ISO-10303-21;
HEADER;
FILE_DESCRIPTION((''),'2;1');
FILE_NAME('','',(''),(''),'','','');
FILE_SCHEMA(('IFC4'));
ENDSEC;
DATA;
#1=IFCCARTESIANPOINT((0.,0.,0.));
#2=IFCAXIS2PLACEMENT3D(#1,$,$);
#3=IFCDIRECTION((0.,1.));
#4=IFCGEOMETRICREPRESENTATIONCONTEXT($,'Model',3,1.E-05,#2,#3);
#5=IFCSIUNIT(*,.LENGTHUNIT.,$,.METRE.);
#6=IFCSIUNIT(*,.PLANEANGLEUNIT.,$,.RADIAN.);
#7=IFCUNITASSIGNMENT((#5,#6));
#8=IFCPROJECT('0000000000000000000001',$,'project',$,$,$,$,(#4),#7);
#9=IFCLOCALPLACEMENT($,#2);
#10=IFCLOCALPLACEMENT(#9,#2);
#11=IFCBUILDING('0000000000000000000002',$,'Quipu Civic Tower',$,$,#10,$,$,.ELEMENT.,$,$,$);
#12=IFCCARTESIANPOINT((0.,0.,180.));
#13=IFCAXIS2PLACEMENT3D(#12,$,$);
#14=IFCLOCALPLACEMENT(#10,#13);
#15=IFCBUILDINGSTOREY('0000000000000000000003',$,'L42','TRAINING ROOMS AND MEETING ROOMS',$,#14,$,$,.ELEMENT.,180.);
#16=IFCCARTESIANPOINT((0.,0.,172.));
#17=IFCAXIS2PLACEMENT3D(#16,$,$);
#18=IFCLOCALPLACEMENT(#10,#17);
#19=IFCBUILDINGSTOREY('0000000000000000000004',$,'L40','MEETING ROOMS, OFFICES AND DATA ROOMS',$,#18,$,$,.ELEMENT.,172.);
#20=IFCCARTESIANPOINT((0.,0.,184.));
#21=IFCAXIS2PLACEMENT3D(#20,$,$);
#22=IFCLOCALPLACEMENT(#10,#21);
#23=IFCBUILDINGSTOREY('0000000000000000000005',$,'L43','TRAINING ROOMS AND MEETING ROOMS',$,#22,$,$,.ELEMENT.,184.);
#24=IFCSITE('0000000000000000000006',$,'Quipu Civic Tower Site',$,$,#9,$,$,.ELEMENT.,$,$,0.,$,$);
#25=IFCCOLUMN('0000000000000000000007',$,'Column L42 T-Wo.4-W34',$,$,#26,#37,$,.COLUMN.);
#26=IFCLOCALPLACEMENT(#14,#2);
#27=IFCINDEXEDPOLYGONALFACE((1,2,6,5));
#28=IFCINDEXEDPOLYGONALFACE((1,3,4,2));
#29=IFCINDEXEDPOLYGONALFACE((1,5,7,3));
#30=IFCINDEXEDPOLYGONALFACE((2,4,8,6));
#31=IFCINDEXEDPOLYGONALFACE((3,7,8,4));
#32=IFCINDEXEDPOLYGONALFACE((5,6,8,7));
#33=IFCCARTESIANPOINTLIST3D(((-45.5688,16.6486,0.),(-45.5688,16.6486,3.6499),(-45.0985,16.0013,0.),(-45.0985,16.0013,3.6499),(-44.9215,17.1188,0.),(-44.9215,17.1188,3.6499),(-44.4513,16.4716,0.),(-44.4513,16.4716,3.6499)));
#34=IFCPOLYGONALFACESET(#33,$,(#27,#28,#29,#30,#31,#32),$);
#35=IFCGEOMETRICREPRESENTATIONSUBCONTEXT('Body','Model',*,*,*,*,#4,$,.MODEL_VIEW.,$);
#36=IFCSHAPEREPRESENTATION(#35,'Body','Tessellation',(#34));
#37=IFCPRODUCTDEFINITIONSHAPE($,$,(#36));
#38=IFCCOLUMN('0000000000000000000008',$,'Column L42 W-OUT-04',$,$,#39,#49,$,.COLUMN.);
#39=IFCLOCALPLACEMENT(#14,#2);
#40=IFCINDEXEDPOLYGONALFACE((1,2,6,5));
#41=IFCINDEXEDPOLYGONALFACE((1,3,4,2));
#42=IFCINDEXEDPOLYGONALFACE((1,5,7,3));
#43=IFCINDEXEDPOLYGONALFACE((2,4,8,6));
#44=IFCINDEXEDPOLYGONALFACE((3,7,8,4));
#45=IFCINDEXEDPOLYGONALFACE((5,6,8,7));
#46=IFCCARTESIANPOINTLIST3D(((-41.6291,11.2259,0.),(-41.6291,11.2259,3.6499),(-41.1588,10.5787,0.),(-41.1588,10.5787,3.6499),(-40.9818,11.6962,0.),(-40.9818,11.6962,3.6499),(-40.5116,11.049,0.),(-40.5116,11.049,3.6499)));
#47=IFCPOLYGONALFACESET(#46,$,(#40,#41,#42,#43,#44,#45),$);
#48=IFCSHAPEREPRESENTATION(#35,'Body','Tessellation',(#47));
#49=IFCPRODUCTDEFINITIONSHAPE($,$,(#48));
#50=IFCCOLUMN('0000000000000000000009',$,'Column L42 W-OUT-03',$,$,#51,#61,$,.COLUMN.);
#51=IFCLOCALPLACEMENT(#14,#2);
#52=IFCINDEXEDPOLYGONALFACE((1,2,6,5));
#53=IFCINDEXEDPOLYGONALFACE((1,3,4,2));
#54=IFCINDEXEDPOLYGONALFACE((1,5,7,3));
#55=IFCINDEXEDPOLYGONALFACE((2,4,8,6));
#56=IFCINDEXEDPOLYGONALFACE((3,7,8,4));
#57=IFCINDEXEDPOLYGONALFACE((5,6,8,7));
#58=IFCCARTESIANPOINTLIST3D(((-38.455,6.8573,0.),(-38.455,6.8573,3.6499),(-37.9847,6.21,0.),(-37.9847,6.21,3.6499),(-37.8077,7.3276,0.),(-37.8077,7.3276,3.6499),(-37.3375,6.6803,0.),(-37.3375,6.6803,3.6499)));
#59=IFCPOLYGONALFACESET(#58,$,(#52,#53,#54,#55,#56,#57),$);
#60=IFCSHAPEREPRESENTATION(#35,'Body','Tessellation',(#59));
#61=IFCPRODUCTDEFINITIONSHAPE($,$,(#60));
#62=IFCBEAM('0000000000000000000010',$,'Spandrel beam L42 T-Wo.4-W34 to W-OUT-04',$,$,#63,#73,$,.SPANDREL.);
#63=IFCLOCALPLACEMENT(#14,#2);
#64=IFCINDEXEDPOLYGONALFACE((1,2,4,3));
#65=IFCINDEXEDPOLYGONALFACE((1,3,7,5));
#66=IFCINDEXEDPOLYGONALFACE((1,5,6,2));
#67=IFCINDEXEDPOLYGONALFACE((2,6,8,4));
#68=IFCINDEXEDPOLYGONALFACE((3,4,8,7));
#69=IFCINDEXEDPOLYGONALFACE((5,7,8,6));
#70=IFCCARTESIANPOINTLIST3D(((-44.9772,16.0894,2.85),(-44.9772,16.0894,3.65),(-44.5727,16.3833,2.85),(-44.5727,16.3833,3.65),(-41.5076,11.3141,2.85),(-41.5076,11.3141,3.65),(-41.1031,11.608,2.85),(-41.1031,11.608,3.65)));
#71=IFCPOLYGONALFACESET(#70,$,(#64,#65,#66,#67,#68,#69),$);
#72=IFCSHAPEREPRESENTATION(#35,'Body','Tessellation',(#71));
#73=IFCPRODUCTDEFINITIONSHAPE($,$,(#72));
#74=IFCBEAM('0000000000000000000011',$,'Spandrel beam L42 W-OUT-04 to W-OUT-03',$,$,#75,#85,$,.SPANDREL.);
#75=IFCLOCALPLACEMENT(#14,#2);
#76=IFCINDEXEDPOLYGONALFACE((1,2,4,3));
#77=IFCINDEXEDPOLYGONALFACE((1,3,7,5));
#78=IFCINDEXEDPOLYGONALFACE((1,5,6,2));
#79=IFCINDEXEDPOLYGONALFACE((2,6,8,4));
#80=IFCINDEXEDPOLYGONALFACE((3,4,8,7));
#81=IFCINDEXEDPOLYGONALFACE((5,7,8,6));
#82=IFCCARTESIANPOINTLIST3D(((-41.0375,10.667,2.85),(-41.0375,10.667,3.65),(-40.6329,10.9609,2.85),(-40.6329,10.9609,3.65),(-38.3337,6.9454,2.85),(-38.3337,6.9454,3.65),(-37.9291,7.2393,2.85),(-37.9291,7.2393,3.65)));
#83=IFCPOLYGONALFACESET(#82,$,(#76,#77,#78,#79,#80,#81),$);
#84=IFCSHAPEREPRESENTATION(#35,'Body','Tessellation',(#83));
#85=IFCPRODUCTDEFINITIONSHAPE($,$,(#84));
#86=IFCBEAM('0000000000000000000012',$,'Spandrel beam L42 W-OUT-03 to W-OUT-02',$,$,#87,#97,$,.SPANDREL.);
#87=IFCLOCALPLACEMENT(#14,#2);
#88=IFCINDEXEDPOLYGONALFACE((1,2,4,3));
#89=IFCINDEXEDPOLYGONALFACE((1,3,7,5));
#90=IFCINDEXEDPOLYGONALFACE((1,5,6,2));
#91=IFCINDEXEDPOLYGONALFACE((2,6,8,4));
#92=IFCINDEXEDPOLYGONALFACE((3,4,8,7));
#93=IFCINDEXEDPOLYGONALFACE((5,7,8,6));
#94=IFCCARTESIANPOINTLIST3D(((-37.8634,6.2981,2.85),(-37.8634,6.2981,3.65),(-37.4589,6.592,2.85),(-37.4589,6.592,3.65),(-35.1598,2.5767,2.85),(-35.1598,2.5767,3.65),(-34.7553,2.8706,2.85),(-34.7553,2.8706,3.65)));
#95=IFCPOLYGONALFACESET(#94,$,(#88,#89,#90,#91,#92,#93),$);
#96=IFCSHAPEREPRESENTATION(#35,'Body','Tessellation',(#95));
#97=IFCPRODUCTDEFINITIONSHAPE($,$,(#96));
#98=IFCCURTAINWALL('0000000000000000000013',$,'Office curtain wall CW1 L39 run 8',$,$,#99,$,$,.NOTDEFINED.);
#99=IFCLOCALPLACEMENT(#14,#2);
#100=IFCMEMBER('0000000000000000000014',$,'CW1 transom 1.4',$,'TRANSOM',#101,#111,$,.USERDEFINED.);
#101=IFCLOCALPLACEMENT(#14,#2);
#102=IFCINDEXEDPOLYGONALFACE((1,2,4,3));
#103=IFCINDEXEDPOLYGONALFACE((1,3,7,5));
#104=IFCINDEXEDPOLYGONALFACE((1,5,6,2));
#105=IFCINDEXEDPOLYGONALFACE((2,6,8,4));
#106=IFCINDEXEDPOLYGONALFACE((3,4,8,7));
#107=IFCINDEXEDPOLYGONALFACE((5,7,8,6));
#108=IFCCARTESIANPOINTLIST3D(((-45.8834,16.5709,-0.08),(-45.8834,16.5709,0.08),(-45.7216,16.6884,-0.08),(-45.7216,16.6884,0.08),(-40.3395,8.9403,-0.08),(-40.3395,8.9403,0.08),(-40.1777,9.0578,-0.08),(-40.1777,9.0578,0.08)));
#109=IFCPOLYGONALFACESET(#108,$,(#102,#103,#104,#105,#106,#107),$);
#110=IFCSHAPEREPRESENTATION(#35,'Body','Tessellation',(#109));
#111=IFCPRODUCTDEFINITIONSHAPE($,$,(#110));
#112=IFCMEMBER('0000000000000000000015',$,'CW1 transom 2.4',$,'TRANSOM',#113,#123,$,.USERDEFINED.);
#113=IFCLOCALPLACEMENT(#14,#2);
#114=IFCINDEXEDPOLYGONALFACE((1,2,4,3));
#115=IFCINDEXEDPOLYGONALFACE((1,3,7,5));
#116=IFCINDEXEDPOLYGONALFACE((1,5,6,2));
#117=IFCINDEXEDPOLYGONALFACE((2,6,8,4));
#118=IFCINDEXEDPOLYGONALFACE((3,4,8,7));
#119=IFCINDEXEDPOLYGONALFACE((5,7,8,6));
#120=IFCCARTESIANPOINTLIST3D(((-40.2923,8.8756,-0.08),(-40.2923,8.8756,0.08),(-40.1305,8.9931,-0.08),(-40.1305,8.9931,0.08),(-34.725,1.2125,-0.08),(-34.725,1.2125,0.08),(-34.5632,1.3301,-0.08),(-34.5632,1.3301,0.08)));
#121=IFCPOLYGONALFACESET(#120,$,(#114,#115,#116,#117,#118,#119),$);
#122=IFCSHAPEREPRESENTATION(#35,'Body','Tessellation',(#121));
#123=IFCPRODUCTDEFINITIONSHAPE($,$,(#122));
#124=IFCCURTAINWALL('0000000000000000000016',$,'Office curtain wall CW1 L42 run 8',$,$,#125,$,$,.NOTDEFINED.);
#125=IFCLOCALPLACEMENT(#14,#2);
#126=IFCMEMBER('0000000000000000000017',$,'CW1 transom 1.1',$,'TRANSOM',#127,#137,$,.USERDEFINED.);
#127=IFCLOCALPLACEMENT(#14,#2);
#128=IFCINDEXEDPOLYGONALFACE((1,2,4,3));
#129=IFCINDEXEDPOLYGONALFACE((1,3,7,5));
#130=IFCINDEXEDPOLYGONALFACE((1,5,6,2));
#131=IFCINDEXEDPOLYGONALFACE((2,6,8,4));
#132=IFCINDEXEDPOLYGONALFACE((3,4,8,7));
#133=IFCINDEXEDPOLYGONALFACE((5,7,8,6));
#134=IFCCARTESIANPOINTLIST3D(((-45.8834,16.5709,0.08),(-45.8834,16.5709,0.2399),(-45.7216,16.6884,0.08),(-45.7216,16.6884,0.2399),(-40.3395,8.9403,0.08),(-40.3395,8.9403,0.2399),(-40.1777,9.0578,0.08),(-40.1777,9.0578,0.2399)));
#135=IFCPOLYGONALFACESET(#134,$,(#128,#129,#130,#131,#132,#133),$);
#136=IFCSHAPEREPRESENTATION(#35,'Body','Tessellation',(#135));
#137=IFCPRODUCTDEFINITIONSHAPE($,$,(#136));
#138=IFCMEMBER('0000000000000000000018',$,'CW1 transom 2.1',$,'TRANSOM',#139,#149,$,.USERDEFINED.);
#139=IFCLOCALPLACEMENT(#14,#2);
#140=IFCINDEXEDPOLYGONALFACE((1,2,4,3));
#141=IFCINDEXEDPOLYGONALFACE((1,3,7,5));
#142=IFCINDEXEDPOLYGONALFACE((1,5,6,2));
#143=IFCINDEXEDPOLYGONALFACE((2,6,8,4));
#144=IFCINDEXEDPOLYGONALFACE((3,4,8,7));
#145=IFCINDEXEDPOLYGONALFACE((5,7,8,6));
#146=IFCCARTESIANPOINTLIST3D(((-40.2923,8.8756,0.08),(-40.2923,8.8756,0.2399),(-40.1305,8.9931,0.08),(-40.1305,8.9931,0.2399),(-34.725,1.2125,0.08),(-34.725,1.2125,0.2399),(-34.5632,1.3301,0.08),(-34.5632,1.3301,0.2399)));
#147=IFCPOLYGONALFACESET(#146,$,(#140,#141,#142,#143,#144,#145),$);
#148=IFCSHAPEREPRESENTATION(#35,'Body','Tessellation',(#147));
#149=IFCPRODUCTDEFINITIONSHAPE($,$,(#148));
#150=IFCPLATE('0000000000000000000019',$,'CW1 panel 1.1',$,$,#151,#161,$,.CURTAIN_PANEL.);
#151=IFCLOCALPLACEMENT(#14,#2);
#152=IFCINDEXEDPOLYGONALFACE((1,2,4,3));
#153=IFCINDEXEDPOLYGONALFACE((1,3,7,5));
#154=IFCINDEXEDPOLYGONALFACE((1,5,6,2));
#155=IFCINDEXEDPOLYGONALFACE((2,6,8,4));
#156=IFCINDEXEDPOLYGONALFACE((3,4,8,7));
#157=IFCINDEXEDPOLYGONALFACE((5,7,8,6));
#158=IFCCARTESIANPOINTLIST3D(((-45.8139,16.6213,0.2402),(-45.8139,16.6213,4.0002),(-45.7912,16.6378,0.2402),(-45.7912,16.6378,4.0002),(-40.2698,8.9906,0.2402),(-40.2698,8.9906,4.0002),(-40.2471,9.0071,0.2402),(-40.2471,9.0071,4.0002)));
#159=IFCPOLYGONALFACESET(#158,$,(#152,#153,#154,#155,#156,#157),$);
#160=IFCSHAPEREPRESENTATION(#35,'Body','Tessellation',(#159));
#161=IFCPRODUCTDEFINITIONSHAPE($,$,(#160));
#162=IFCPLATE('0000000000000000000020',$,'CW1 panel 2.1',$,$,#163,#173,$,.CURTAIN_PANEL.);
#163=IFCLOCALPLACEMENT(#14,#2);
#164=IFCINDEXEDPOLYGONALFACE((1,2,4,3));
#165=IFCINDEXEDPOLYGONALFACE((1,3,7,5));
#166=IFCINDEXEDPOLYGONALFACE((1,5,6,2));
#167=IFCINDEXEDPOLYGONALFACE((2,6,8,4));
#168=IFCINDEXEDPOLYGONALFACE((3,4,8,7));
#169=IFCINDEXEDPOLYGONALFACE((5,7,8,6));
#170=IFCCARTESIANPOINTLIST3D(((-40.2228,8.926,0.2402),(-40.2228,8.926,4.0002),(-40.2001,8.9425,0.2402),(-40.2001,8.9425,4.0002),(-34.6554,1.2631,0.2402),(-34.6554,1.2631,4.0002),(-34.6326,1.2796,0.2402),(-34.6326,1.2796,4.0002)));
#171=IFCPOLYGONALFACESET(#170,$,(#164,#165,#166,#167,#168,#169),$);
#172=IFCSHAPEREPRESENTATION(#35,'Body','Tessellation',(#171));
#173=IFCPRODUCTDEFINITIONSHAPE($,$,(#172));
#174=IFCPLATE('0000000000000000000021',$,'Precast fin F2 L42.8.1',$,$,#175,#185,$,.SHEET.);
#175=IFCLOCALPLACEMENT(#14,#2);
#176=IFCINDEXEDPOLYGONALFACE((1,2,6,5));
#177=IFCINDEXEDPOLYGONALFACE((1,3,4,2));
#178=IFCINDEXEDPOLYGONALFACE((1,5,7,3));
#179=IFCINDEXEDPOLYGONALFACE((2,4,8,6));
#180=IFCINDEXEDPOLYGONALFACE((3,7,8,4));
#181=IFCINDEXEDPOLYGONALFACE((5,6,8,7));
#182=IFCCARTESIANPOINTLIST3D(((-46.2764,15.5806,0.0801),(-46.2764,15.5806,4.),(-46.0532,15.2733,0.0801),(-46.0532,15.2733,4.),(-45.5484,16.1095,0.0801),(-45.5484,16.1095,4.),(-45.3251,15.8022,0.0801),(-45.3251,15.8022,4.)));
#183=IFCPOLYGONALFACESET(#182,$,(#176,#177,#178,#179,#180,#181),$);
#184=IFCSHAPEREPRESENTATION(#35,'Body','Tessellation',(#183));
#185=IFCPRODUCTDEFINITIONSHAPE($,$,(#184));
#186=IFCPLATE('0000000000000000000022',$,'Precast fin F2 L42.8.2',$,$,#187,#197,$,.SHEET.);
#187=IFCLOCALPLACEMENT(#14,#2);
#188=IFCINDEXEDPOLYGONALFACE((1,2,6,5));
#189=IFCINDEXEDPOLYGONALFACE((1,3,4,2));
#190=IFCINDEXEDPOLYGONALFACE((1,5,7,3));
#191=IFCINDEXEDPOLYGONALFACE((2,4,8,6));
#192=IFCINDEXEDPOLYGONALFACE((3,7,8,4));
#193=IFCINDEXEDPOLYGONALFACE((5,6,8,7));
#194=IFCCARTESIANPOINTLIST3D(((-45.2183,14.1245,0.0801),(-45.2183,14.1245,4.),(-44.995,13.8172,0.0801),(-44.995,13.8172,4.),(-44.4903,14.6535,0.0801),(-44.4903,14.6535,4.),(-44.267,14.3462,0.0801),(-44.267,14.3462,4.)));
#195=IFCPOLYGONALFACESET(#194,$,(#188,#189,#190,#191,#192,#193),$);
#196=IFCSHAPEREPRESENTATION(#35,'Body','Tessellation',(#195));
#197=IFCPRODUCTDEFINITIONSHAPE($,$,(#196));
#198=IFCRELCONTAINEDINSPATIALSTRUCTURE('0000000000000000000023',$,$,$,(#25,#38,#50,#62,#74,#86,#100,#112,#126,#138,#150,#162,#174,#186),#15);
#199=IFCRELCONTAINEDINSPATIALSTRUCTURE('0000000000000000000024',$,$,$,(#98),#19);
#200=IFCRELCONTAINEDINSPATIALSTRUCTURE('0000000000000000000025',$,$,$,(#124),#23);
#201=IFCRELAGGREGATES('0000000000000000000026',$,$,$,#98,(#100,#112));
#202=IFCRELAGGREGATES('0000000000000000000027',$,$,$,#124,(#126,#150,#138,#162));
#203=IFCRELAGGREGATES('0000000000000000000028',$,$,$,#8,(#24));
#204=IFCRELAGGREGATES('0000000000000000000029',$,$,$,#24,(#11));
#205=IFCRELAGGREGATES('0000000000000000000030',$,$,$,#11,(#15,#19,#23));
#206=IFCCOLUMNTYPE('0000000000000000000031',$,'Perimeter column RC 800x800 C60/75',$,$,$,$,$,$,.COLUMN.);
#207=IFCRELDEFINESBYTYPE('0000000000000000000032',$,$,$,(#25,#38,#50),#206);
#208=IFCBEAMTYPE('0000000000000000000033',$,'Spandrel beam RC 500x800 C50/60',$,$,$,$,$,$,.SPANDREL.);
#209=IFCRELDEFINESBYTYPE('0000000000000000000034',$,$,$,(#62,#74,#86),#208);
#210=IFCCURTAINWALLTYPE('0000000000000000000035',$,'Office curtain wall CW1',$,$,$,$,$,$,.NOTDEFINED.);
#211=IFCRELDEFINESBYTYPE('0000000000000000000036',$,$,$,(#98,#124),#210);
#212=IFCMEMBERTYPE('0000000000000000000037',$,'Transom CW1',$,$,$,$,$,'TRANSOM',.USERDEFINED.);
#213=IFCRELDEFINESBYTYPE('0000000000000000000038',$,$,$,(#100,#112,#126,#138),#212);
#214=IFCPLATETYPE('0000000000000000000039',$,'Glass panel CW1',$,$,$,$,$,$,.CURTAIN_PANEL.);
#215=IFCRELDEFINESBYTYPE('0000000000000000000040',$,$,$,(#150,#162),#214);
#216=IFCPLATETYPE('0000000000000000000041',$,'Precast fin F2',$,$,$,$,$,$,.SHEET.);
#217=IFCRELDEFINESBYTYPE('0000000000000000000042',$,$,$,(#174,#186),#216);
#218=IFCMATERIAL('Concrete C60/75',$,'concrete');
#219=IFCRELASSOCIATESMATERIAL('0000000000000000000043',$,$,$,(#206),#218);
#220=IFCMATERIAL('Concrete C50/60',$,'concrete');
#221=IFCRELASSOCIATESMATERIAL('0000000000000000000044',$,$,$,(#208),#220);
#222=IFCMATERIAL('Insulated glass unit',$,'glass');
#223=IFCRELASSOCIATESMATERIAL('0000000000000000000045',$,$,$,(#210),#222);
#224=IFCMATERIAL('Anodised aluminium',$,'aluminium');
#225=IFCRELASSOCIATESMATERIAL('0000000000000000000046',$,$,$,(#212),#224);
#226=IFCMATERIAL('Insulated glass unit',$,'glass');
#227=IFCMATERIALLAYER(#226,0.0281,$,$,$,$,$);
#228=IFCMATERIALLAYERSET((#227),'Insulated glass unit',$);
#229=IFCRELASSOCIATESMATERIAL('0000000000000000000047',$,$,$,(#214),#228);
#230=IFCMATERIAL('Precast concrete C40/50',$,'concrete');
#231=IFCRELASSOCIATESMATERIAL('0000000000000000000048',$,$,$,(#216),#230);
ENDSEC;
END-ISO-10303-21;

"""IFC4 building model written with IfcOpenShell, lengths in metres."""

from ifc_helpers import new_model, si_unit, direction, frame, origin, origin_2d, place, context, subcontext, project, spatial, rectangle, extrude, material, layer, layer_set, material_profile, profile_set, type_object, element, aggregate, save


model = new_model("IFC4")

# Units and contexts
model_context = context("Model", 3, precision=1e-05, world=origin(), true_north=direction((0.0, 1.0)))
body_context = subcontext(model_context, "Body", "Model", "MODEL_VIEW")
ifc_project = project(units=[si_unit("LENGTHUNIT", "METRE"), si_unit("PLANEANGLEUNIT", "RADIAN")], contexts=[model_context])

# Site, building, storey
site_placement = place(None, origin())
site = spatial("IfcSite", under=ifc_project, at=site_placement, Name="Quipu Civic Tower Site", CompositionType="ELEMENT", RefElevation=0.0)
building_placement = place(site_placement, origin())
building = spatial("IfcBuilding", under=site, at=building_placement, Name="Quipu Civic Tower", CompositionType="ELEMENT")
storey_1_placement = place(building_placement, frame((0.0, 0.0, 180.0)))
storey_1 = spatial("IfcBuildingStorey", under=building, at=storey_1_placement, Name="L42", Description="TRAINING ROOMS AND MEETING ROOMS", CompositionType="ELEMENT", Elevation=180.0)

# Columns
ifc_material_1 = material(Name="Concrete C60/75", Category="concrete")
ifc_material_profile_1 = material_profile(ifc_material_1, rectangle(XDim=0.8, YDim=0.8, at=origin_2d()), Name="RC800x800")
ifc_profile_set_1 = profile_set([ifc_material_profile_1], Name="Concrete C60/75")
column_type = type_object("IfcColumnType", Name="Perimeter column RC 800x800 C60/75", PredefinedType="COLUMN", material=ifc_profile_set_1)
for number, where, z_axis, x_axis, name in (
    (1, (-45.01, 16.5601, 0.0), (0.0, 0.0, 1.0), (0.587785, -0.809017, 0.0), "Column L42 T-Wo.4-W34"),
    (2, (-41.0703, 11.1375, 0.0), (0.0, 0.0, 1.0), (0.587785, -0.809017, 0.0), "Column L42 W-OUT-04"),
    (3, (-37.8962, 6.7688, 0.0), (0.0, 0.0, 1.0), (0.587785, -0.809017, 0.0), "Column L42 W-OUT-03"),
):
    element("IfcColumn", number, at=place(storey_1_placement, frame(where, z_axis=z_axis, x_axis=x_axis)), inside=storey_1, type_object=column_type, Name=name, PredefinedType="COLUMN", context=body_context, shape_type="SweptSolid", body=[
        extrude(rectangle(XDim=0.8, YDim=0.8, at=origin_2d()), origin(), (0.0, 0.0, 1.0), 3.6499),
    ])

# Beams
ifc_material_2 = material(Name="Concrete C50/60", Category="concrete")
ifc_material_profile_2 = material_profile(ifc_material_2, rectangle(XDim=0.5, YDim=0.8, at=origin_2d()), Name="RC500x800")
ifc_profile_set_2 = profile_set([ifc_material_profile_2], Name="Concrete C50/60")
beam_type = type_object("IfcBeamType", Name="Spandrel beam RC 500x800 C50/60", PredefinedType="SPANDREL", material=ifc_profile_set_2)
beam_1_placement = place(storey_1_placement, frame((-44.7749, 16.2363, 3.25), z_axis=(0.5878, -0.809006, 0.0), x_axis=(0.809006, 0.5878, 0.0)))
element("IfcBeam", 4, at=beam_1_placement, inside=storey_1, type_object=beam_type, Name="Spandrel beam L42 T-Wo.4-W34 to W-OUT-04", PredefinedType="SPANDREL", context=body_context, shape_type="SweptSolid", body=[
    extrude(rectangle(XDim=0.5, YDim=0.8, at=origin_2d()), origin(), (0.0, 0.0, 1.0), 5.9026),
])
beam_2_placement = place(storey_1_placement, frame((-40.8352, 10.814, 3.25), z_axis=(0.587771, -0.809027, 0.0), x_axis=(0.809027, 0.587771, 0.0)))
element("IfcBeam", 5, at=beam_2_placement, inside=storey_1, type_object=beam_type, Name="Spandrel beam L42 W-OUT-04 to W-OUT-03", PredefinedType="SPANDREL", context=body_context, shape_type="SweptSolid", body=[
    extrude(rectangle(XDim=0.5, YDim=0.8, at=origin_2d()), origin(), (0.0, 0.0, 1.0), 4.6001),
])
beam_3_placement = place(storey_1_placement, frame((-37.6611, 6.4451, 3.25), z_axis=(0.587761, -0.809034, 0.0), x_axis=(0.809034, 0.587761, 0.0)))
element("IfcBeam", 6, at=beam_3_placement, inside=storey_1, type_object=beam_type, Name="Spandrel beam L42 W-OUT-03 to W-OUT-02", PredefinedType="SPANDREL", context=body_context, shape_type="SweptSolid", body=[
    extrude(rectangle(XDim=0.5, YDim=0.8, at=origin_2d()), origin(), (0.0, 0.0, 1.0), 4.5999),
])

# Shared definitions
storey_2_placement = place(building_placement, frame((0.0, 0.0, 172.0)))
storey_2 = spatial("IfcBuildingStorey", under=building, at=storey_2_placement, Name="L40", Description="MEETING ROOMS, OFFICES AND DATA ROOMS", CompositionType="ELEMENT", Elevation=172.0)

# Curtain wall, members
ifc_material_3 = material(Name="Insulated glass unit", Category="glass")
curtain_wall_type = type_object("IfcCurtainWallType", Name="Office curtain wall CW1", PredefinedType="NOTDEFINED", material=ifc_material_3)
curtain_wall_1_placement = place(storey_2_placement, origin())
curtain_wall_1 = element("IfcCurtainWall", 7, at=curtain_wall_1_placement, inside=storey_2, type_object=curtain_wall_type, Name="Office curtain wall CW1 L39 run 8", PredefinedType="NOTDEFINED")
ifc_material_4 = material(Name="Anodised aluminium", Category="aluminium")
ifc_material_profile_3 = material_profile(ifc_material_4, rectangle(XDim=0.2, YDim=0.1599, at=origin_2d()), Name="RECT 200x160")
ifc_profile_set_3 = profile_set([ifc_material_profile_3], Name="Anodised aluminium")
member_type = type_object("IfcMemberType", Name="Transom CW1", ElementType="TRANSOM", PredefinedType="USERDEFINED", material=ifc_profile_set_3)
member_1_placement = place(storey_1_placement, frame((-45.8025, 16.6296, 0.0), z_axis=(0.587784, -0.809018, 0.0), x_axis=(0.809018, 0.587784, 0.0)))
member_1 = element("IfcMember", 8, at=member_1_placement, inside=storey_1, type_object=member_type, Name="CW1 transom 1.4", ObjectType="TRANSOM", PredefinedType="USERDEFINED", context=body_context, shape_type="SweptSolid", body=[
    extrude(rectangle(XDim=0.2, YDim=0.1599, at=origin_2d()), origin(), (0.0, 0.0, 1.0), 9.4319),
])
member_2_placement = place(storey_1_placement, frame((-40.2114, 8.9343, 0.0), z_axis=(0.587773, -0.809026, 0.0), x_axis=(0.809026, 0.587773, 0.0)))
member_2 = element("IfcMember", 9, at=member_2_placement, inside=storey_1, type_object=member_type, Name="CW1 transom 2.4", ObjectType="TRANSOM", PredefinedType="USERDEFINED", context=body_context, shape_type="SweptSolid", body=[
    extrude(rectangle(XDim=0.2, YDim=0.1599, at=origin_2d()), origin(), (0.0, 0.0, 1.0), 9.4719),
])
aggregate(curtain_wall_1, [member_1, member_2])

# Shared definitions
storey_3_placement = place(building_placement, frame((0.0, 0.0, 184.0)))
storey_3 = spatial("IfcBuildingStorey", under=building, at=storey_3_placement, Name="L43", Description="TRAINING ROOMS AND MEETING ROOMS", CompositionType="ELEMENT", Elevation=184.0)

# Curtain wall, members, plates
curtain_wall_2_placement = place(storey_3_placement, origin())
curtain_wall_2 = element("IfcCurtainWall", 10, at=curtain_wall_2_placement, inside=storey_3, type_object=curtain_wall_type, Name="Office curtain wall CW1 L42 run 8", PredefinedType="NOTDEFINED")
member_3_placement = place(storey_1_placement, frame((-45.8025, 16.6296, 0.1599), z_axis=(0.587784, -0.809018, 0.0), x_axis=(0.809018, 0.587784, 0.0)))
member_3 = element("IfcMember", 11, at=member_3_placement, inside=storey_1, type_object=member_type, Name="CW1 transom 1.1", ObjectType="TRANSOM", PredefinedType="USERDEFINED", context=body_context, shape_type="SweptSolid", body=[
    extrude(rectangle(XDim=0.2, YDim=0.1599, at=origin_2d()), origin(), (0.0, 0.0, 1.0), 9.4319),
])
member_4_placement = place(storey_1_placement, frame((-40.2114, 8.9343, 0.1599), z_axis=(0.587773, -0.809026, 0.0), x_axis=(0.809026, 0.587773, 0.0)))
member_4 = element("IfcMember", 12, at=member_4_placement, inside=storey_1, type_object=member_type, Name="CW1 transom 2.1", ObjectType="TRANSOM", PredefinedType="USERDEFINED", context=body_context, shape_type="SweptSolid", body=[
    extrude(rectangle(XDim=0.2, YDim=0.1599, at=origin_2d()), origin(), (0.0, 0.0, 1.0), 9.4719),
])
ifc_material_5 = material(Name="Insulated glass unit", Category="glass")
ifc_layer_1 = layer(ifc_material_5, 0.0281)
ifc_layer_set_1 = layer_set([ifc_layer_1], Name="Insulated glass unit")
plate_type_1 = type_object("IfcPlateType", Name="Glass panel CW1", PredefinedType="CURTAIN_PANEL", material=ifc_layer_set_1)
plate_1_placement = place(storey_1_placement, frame((-43.0305, 12.8142, 0.2402), z_axis=(0.0, 0.0, 1.0), x_axis=(0.587786, -0.809017, 0.0)))
plate_1 = element("IfcPlate", 13, at=plate_1_placement, inside=storey_1, type_object=plate_type_1, Name="CW1 panel 1.1", PredefinedType="CURTAIN_PANEL", context=body_context, shape_type="SweptSolid", body=[
    extrude(rectangle(XDim=9.4321, YDim=0.0281, at=origin_2d()), origin(), (0.0, 0.0, 1.0), 3.76),
])
plate_2_placement = place(storey_1_placement, frame((-37.4277, 5.1028, 0.2402), z_axis=(0.0, 0.0, 1.0), x_axis=(0.587786, -0.809017, 0.0)))
plate_2 = element("IfcPlate", 14, at=plate_2_placement, inside=storey_1, type_object=plate_type_1, Name="CW1 panel 2.1", PredefinedType="CURTAIN_PANEL", context=body_context, shape_type="SweptSolid", body=[
    extrude(rectangle(XDim=9.4719, YDim=0.0281, at=origin_2d()), origin(), (0.0, 0.0, 1.0), 3.76),
])
aggregate(curtain_wall_2, [member_3, plate_1, member_4, plate_2])

# Plates
ifc_material_6 = material(Name="Precast concrete C40/50", Category="concrete")
plate_type_2 = type_object("IfcPlateType", Name="Precast fin F2", PredefinedType="SHEET", material=ifc_material_6)
for number, where, z_axis, x_axis, name in (
    (15, (-45.8008, 15.6914, 0.0801), (0.0, 0.0, 1.0), (0.587786, -0.809017, 0.0), "Precast fin F2 L42.8.1"),
    (16, (-44.7427, 14.2354, 0.0801), (0.0, 0.0, 1.0), (0.587786, -0.809017, 0.0), "Precast fin F2 L42.8.2"),
):
    element("IfcPlate", number, at=place(storey_1_placement, frame(where, z_axis=z_axis, x_axis=x_axis)), inside=storey_1, type_object=plate_type_2, Name=name, PredefinedType="SHEET", context=body_context, shape_type="SweptSolid", body=[
        extrude(rectangle(XDim=0.3799, YDim=0.8999, at=origin_2d()), origin(), (0.0, 0.0, 1.0), 3.9199),
    ])

save(model, "model.ifc")
